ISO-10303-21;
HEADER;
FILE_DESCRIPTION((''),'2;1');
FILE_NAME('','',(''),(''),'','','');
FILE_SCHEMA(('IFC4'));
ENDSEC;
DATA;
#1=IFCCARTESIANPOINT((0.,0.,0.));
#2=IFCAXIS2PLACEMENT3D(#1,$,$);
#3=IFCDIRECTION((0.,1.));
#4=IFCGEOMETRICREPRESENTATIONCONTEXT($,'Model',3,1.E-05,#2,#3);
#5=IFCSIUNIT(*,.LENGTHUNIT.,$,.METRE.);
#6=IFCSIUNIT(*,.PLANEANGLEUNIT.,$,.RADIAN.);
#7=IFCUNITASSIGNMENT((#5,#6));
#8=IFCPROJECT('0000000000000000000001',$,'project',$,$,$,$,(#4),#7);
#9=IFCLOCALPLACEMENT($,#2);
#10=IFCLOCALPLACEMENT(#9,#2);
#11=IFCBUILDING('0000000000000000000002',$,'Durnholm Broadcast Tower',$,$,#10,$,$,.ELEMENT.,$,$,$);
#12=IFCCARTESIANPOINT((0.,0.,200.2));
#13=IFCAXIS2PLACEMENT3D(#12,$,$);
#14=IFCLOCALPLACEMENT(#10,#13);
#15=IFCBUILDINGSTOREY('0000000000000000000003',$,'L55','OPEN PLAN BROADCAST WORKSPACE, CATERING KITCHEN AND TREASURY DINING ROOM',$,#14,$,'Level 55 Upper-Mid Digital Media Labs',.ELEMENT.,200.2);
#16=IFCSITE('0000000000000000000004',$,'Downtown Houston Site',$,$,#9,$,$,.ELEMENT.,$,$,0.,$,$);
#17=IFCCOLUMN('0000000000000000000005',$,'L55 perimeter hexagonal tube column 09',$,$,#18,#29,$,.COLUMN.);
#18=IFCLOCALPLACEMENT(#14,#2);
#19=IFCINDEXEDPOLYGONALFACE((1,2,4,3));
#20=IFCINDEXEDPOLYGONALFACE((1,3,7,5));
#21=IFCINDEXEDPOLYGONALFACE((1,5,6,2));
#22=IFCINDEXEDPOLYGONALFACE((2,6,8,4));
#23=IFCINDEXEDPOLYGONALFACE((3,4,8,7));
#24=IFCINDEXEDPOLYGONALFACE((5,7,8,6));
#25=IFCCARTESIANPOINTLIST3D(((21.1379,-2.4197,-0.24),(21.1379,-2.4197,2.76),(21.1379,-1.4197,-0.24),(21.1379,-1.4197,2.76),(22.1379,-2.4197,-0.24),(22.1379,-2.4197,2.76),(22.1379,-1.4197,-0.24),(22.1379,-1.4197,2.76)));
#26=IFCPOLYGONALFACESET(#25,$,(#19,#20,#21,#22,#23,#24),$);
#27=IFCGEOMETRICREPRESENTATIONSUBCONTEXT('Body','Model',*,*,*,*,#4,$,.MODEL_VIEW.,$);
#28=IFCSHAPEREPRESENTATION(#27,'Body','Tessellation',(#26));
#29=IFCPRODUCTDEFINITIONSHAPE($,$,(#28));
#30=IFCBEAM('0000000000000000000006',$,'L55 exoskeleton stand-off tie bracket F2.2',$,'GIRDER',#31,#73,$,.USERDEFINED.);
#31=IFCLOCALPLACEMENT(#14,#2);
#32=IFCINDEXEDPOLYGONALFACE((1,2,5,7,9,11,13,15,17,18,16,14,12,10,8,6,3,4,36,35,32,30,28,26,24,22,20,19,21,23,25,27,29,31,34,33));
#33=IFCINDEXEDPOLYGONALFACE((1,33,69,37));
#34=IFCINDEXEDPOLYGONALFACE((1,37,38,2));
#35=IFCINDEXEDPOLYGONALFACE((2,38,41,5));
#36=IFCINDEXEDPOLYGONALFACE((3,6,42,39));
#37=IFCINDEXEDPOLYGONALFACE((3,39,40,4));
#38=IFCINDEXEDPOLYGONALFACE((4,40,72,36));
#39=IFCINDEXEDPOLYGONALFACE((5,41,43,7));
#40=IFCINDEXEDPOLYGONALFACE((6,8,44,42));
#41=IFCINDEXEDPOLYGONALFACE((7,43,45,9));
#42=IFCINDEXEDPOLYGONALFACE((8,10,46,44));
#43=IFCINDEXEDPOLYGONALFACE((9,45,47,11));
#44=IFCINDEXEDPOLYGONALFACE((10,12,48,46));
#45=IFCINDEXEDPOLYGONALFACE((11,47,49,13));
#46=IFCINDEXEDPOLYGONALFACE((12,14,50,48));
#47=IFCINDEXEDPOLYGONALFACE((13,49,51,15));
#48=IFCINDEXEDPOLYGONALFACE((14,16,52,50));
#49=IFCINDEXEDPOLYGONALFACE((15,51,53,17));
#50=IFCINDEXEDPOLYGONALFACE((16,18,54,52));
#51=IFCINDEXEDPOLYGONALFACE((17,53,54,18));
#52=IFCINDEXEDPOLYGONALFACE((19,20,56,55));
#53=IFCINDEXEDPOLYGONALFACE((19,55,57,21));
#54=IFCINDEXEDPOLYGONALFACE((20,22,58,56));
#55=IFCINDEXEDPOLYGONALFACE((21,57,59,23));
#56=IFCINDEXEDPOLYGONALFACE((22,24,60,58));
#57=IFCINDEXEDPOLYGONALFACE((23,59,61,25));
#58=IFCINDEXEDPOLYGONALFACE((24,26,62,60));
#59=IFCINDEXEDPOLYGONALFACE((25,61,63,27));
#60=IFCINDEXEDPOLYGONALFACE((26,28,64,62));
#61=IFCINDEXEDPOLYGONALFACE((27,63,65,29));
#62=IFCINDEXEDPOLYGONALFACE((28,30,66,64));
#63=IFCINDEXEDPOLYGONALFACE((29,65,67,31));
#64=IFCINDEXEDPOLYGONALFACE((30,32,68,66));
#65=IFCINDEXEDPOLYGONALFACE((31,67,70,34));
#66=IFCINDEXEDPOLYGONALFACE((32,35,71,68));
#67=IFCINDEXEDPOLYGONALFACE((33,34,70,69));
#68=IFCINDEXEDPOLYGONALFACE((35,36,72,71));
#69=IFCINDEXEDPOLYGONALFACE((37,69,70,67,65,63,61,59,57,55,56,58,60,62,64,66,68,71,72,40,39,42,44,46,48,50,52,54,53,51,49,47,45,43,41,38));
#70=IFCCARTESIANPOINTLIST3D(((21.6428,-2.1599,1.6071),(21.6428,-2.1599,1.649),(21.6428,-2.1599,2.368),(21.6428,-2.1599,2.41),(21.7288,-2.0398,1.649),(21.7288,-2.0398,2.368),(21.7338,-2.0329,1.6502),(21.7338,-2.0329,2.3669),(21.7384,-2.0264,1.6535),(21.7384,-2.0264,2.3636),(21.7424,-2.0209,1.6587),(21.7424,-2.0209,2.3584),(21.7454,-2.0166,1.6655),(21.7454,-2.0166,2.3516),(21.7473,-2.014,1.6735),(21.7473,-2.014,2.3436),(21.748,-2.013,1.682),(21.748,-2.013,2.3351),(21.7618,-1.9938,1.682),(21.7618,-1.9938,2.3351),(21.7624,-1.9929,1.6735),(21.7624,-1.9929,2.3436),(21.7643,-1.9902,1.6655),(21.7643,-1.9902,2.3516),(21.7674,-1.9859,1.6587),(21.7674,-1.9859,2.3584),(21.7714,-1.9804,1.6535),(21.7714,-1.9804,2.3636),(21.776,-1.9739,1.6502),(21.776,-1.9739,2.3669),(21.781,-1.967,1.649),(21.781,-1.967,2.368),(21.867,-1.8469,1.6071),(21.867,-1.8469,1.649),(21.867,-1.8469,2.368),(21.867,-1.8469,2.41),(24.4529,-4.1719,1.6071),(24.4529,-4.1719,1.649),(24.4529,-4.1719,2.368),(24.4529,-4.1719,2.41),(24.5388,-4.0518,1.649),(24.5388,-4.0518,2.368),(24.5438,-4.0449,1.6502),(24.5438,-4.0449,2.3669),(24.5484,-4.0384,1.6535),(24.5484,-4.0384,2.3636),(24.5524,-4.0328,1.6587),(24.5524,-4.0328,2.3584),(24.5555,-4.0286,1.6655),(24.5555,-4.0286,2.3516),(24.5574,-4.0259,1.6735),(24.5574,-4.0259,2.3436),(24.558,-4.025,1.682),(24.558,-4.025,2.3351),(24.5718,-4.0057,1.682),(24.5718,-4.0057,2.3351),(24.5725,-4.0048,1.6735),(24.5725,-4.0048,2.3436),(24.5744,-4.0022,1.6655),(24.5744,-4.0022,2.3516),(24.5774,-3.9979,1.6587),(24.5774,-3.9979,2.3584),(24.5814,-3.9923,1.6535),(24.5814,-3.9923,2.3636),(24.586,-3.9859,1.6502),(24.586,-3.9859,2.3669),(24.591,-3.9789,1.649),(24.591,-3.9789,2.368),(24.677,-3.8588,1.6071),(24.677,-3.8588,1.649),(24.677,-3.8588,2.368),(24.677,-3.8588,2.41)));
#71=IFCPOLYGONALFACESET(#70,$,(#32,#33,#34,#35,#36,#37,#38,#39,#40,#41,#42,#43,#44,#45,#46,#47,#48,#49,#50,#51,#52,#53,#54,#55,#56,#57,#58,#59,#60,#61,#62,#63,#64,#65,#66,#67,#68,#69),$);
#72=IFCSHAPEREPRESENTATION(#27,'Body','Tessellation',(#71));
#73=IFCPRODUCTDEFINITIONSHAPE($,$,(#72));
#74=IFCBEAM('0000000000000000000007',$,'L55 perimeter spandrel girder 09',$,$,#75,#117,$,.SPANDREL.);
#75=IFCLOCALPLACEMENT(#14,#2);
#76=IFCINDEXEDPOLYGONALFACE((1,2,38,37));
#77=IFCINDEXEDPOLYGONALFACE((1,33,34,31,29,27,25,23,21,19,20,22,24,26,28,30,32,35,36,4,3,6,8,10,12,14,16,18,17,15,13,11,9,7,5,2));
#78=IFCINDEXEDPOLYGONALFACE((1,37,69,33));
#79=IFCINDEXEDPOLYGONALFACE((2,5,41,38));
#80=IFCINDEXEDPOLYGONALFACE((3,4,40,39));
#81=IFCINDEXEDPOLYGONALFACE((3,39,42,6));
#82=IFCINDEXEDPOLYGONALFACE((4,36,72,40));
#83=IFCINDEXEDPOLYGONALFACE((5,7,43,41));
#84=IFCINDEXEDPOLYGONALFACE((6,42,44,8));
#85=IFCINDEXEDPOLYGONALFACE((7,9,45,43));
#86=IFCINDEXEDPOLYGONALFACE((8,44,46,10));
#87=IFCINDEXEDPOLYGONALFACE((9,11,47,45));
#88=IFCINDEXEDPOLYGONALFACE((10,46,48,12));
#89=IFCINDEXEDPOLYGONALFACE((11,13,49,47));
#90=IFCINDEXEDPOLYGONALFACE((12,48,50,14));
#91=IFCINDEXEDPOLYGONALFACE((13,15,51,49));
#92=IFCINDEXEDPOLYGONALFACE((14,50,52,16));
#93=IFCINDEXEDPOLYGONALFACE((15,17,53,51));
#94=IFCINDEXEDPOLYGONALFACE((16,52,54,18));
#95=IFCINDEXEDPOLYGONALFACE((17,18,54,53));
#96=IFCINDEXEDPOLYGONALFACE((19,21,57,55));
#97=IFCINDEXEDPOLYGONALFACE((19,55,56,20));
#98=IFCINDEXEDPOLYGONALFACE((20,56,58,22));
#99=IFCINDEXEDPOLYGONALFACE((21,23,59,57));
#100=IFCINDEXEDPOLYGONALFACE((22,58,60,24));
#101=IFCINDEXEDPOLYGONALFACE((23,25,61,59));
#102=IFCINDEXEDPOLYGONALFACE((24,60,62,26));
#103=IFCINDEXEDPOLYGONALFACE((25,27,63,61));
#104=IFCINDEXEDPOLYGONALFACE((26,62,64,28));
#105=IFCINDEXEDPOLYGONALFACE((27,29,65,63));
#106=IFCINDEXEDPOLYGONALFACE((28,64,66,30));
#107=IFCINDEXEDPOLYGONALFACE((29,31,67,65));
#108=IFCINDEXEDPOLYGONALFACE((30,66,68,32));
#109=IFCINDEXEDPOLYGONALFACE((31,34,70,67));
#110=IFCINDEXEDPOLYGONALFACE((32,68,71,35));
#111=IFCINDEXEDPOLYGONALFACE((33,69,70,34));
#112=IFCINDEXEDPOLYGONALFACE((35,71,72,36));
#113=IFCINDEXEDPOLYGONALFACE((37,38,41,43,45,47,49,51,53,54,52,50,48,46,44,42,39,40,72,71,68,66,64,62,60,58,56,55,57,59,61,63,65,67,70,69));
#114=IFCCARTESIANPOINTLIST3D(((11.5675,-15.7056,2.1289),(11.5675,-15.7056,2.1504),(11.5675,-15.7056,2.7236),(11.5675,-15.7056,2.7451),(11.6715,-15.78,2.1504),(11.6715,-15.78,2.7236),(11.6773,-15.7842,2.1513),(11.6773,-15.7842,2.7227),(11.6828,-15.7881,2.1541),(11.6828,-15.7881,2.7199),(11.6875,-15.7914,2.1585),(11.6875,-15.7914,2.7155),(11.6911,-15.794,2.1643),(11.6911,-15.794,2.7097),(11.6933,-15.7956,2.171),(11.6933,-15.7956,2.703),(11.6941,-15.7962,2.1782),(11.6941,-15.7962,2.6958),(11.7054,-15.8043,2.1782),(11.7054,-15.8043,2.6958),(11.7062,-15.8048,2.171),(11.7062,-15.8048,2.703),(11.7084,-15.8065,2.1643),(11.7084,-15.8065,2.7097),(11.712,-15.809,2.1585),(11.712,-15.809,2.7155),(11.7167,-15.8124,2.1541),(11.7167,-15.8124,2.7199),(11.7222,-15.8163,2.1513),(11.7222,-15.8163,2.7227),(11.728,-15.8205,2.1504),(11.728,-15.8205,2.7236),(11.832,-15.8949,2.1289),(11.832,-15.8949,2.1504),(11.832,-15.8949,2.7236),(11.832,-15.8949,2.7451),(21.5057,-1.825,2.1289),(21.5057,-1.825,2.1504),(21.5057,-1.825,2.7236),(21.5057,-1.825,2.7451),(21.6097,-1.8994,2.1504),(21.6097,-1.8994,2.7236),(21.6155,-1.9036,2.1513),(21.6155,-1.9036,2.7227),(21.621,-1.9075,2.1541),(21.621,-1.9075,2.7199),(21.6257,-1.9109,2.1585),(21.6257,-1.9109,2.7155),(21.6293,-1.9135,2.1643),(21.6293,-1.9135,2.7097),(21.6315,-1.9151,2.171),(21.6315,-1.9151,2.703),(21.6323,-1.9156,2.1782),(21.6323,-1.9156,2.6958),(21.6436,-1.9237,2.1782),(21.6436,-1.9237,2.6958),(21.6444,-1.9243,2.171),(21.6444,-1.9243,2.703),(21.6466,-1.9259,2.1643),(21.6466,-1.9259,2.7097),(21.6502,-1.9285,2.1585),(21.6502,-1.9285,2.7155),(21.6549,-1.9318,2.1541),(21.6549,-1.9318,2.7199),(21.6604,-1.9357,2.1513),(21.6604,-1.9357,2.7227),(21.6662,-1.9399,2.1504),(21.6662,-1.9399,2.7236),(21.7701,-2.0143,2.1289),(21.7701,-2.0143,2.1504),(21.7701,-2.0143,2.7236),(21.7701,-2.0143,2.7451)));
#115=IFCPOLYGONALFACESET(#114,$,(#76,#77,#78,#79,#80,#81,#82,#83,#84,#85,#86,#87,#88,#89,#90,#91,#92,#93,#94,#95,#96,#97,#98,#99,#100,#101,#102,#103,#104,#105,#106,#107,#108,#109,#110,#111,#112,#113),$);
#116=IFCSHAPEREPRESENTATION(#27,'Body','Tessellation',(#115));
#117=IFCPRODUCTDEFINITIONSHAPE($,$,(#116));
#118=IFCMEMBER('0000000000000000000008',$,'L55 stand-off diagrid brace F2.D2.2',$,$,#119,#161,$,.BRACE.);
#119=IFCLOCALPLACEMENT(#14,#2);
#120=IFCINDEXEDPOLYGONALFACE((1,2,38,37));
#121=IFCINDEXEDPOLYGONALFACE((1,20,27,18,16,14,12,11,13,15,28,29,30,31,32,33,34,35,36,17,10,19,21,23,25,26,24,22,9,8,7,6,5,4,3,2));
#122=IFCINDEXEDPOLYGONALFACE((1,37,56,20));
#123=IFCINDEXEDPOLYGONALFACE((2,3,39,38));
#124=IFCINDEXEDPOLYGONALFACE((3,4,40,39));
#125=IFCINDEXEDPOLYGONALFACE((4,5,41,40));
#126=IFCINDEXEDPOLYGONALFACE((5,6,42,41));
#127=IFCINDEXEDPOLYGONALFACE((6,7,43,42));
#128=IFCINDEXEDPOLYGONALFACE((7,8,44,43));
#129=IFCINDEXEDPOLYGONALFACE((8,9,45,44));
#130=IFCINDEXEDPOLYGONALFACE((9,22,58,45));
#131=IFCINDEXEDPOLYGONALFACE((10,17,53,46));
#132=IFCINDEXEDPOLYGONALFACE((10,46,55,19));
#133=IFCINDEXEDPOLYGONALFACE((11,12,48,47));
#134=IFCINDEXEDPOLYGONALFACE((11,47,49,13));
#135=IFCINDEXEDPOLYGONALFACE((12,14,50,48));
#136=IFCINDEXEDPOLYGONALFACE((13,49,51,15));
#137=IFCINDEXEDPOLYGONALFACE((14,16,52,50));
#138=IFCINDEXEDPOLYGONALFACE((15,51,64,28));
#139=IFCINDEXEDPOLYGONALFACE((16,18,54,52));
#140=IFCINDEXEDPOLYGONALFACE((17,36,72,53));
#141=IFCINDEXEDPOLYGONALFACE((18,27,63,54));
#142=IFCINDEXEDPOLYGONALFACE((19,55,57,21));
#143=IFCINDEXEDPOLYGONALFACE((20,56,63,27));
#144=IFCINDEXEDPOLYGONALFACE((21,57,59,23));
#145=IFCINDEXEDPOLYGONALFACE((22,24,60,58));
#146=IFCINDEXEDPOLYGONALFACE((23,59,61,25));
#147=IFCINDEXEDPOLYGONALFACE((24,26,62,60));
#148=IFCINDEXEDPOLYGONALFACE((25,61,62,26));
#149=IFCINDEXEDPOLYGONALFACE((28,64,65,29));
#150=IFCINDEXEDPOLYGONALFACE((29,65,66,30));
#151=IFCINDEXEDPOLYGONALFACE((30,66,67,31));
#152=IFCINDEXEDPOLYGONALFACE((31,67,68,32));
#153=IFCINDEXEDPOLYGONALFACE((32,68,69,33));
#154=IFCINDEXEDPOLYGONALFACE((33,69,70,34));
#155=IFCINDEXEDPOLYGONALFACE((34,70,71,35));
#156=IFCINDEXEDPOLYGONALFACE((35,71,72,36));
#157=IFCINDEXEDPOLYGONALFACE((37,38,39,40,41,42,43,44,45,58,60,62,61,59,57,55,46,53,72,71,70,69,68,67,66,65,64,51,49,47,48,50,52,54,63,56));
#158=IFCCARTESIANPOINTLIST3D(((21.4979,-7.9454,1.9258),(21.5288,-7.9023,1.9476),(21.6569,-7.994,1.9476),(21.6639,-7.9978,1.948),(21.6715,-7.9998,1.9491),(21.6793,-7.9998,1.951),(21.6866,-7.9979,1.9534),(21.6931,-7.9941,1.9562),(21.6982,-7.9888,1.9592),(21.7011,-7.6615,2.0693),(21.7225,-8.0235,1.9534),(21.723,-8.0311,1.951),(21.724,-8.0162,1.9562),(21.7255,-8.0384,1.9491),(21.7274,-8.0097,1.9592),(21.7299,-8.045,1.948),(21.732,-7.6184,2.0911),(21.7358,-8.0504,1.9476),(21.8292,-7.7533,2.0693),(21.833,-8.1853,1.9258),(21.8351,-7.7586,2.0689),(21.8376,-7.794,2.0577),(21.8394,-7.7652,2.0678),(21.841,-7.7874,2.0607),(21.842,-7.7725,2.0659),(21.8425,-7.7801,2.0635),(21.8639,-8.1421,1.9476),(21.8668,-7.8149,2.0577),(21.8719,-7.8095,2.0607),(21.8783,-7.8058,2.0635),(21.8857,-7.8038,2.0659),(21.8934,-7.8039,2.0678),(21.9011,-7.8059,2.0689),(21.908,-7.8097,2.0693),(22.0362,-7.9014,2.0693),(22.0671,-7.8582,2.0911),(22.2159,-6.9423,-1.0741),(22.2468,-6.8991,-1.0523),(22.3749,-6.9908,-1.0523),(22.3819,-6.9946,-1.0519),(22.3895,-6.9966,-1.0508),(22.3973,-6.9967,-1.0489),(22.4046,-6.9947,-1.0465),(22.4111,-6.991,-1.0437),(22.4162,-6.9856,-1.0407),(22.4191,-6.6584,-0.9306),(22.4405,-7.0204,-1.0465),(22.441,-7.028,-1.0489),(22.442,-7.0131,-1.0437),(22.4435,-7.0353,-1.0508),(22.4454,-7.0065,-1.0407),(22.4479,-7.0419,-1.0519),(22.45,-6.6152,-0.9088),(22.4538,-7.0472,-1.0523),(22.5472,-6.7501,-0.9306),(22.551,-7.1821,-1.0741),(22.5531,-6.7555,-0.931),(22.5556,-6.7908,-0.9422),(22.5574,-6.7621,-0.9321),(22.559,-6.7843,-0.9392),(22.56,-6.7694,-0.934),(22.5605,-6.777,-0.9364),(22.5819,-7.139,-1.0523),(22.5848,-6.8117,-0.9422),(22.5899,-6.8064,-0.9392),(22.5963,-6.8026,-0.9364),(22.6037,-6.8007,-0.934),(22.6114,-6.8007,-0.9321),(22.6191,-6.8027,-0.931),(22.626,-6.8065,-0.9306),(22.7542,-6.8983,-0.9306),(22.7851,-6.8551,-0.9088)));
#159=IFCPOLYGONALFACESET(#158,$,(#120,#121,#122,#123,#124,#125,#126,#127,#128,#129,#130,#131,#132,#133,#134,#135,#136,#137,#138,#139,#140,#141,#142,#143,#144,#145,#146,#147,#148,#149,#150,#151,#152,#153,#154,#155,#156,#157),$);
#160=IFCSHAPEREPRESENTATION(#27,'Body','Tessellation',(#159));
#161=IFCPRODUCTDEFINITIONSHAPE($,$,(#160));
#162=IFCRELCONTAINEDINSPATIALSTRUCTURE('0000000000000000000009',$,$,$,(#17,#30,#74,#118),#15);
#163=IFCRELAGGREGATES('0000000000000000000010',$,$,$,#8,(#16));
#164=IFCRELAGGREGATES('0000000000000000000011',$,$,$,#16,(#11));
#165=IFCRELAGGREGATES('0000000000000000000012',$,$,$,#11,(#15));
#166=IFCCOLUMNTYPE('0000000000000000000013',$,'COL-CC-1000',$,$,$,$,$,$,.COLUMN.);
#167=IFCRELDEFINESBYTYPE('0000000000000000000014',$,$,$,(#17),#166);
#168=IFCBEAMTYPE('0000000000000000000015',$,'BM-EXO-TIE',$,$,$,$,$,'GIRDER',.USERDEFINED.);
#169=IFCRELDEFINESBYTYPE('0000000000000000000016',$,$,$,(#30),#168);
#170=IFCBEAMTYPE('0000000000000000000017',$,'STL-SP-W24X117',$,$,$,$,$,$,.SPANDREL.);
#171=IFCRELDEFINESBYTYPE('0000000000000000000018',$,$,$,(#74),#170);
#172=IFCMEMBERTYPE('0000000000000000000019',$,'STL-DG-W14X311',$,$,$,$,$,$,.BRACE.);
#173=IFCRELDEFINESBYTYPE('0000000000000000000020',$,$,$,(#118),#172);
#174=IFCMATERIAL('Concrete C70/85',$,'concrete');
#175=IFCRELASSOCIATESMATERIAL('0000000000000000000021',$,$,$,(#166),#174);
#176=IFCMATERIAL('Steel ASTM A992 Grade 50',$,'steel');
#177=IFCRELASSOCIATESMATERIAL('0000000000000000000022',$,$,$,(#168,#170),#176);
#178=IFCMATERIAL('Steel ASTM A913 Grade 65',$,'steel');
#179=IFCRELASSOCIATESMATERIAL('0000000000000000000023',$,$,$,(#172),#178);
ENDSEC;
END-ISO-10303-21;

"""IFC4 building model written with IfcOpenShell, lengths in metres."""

from ifc_helpers import new_model, si_unit, direction, frame, origin, origin_2d, place, context, subcontext, project, spatial, rectangle, i_section, extrude, source, transform, mapped, material, material_profile, profile_set, type_object, type_shapes, element, save


model = new_model("IFC4")

# Units and contexts
model_context = context("Model", 3, precision=1e-05, world=origin(), true_north=direction((0.0, 1.0)))
body_context = subcontext(model_context, "Body", "Model", "MODEL_VIEW")
ifc_project = project(units=[si_unit("LENGTHUNIT", "METRE"), si_unit("PLANEANGLEUNIT", "RADIAN")], contexts=[model_context])

# Site, building, storey
site_placement = place(None, origin())
site = spatial("IfcSite", under=ifc_project, at=site_placement, Name="Downtown Houston Site", CompositionType="ELEMENT", RefElevation=0.0)
building_placement = place(site_placement, origin())
building = spatial("IfcBuilding", under=site, at=building_placement, Name="Durnholm Broadcast Tower", CompositionType="ELEMENT")
storey_placement = place(building_placement, frame((0.0, 0.0, 200.2)))
storey = spatial("IfcBuildingStorey", under=building, at=storey_placement, Name="L55", Description="OPEN PLAN BROADCAST WORKSPACE, CATERING KITCHEN AND TREASURY DINING ROOM", LongName="Level 55 Upper-Mid Digital Media Labs", CompositionType="ELEMENT", Elevation=200.2)

# Column
ifc_material_1 = material(Name="Concrete C70/85", Category="concrete")
ifc_material_profile_1 = material_profile(ifc_material_1, rectangle(XDim=1.0, YDim=1.0, at=origin_2d()), Name="RC1000X1000")
ifc_profile_set_1 = profile_set([ifc_material_profile_1], Name="Concrete C70/85")
column_type = type_object("IfcColumnType", Name="COL-CC-1000", PredefinedType="COLUMN", material=ifc_profile_set_1)
shared_shape_1 = source(origin(), body_context, "Body", "SweptSolid", [
    extrude(rectangle(XDim=1.0, YDim=1.0, at=origin_2d()), origin(), (0.0, 0.0, 1.0), 3.0),
])
type_shapes(column_type, [shared_shape_1])
column_placement = place(storey_placement, frame((21.6379, -1.9197, -0.24), z_axis=(0.0, 0.0, 1.0), x_axis=(1.0, 0.0, 0.0)))
element("IfcColumn", 1, at=column_placement, inside=storey, type_object=column_type, Name="L55 perimeter hexagonal tube column 09", PredefinedType="COLUMN", context=body_context, shape_type="MappedRepresentation", body=[
    mapped(shared_shape_1, transform((0.0, 0.0, 0.0), x_axis=(1.0, 0.0, 0.0), y_axis=(0.0, 1.0, 0.0), z_axis=(0.0, 0.0, 1.0), scale=1.0)),
])

# Beams
ifc_material_2 = material(Name="Steel ASTM A992 Grade 50", Category="steel")
ifc_material_profile_2 = material_profile(ifc_material_2, i_section(OverallWidth=0.385, OverallDepth=0.803, WebThickness=0.0237, FlangeThickness=0.042, FilletRadius=0.033, at=origin_2d()), Name="W30X261")
ifc_profile_set_2 = profile_set([ifc_material_profile_2], Name="Steel ASTM A992 Grade 50")
beam_type_1 = type_object("IfcBeamType", Name="BM-EXO-TIE", ElementType="GIRDER", PredefinedType="USERDEFINED", material=ifc_profile_set_2)
shared_shape_2 = source(origin(), body_context, "Body", "SweptSolid", [
    extrude(i_section(OverallWidth=0.385, OverallDepth=0.803, WebThickness=0.0237, FlangeThickness=0.042, FilletRadius=0.033, at=origin_2d()), origin(), (0.0, 0.0, 1.0), 3.4561),
])
type_shapes(beam_type_1, [shared_shape_2])
beam_1_placement = place(storey_placement, frame((21.7549, -2.0034, 2.0085), z_axis=(0.813079, -0.582153, 0.0), x_axis=(0.582153, 0.813079, 0.0)))
element("IfcBeam", 2, at=beam_1_placement, inside=storey, type_object=beam_type_1, Name="L55 exoskeleton stand-off tie bracket F2.2", ObjectType="GIRDER", PredefinedType="USERDEFINED", context=body_context, shape_type="MappedRepresentation", body=[
    mapped(shared_shape_2, transform((0.0, 0.0, 0.0), x_axis=(1.0, 0.0, 0.0), y_axis=(0.0, 1.0, 0.0), z_axis=(0.0, 0.0, 1.0), scale=1.0)),
])
ifc_material_profile_3 = material_profile(ifc_material_2, i_section(OverallWidth=0.3252, OverallDepth=0.6162, WebThickness=0.0139, FlangeThickness=0.0215, FilletRadius=0.0278, at=origin_2d()), Name="W24X117")
ifc_profile_set_3 = profile_set([ifc_material_profile_3], Name="Steel ASTM A992 Grade 50")
beam_type_2 = type_object("IfcBeamType", Name="STL-SP-W24X117", PredefinedType="SPANDREL", material=ifc_profile_set_3)
shared_shape_3 = source(origin(), body_context, "Body", "SweptSolid", [
    extrude(i_section(OverallWidth=0.3252, OverallDepth=0.6162, WebThickness=0.0139, FlangeThickness=0.0215, FilletRadius=0.0278, at=origin_2d()), origin(), (0.0, 0.0, 1.0), 17.0715),
])
type_shapes(beam_type_2, [shared_shape_3])
beam_2_placement = place(storey_placement, frame((21.6379, -1.9197, 2.437), z_axis=(-0.58215, -0.813082, 0.0), x_axis=(0.813082, -0.58215, 0.0)))
element("IfcBeam", 3, at=beam_2_placement, inside=storey, type_object=beam_type_2, Name="L55 perimeter spandrel girder 09", PredefinedType="SPANDREL", context=body_context, shape_type="MappedRepresentation", body=[
    mapped(shared_shape_3, transform((0.0, 0.0, 0.0), x_axis=(1.0, 0.0, 0.0), y_axis=(0.0, 1.0, 0.0), z_axis=(0.0, 0.0, 1.0), scale=1.0)),
])

# Member
ifc_material_3 = material(Name="Steel ASTM A913 Grade 65", Category="steel")
ifc_material_profile_4 = material_profile(ifc_material_3, i_section(OverallWidth=0.4121, OverallDepth=0.4348, WebThickness=0.0359, FlangeThickness=0.0574, FilletRadius=0.0305, at=origin_2d()), Name="W14X311")
ifc_profile_set_4 = profile_set([ifc_material_profile_4], Name="Steel ASTM A913 Grade 65")
member_type_1 = type_object("IfcMemberType", Name="STL-DG-W14X311", PredefinedType="BRACE", material=ifc_profile_set_4)
shared_shape_4 = source(origin(), body_context, "Body", "SweptSolid", [
    extrude(i_section(OverallWidth=0.4121, OverallDepth=0.4348, WebThickness=0.0359, FlangeThickness=0.0574, FilletRadius=0.0305, at=origin_2d()), origin(), (0.0, 0.0, 1.0), 3.2437),
])
member_1_placement = place(storey_placement, frame((22.5005, -6.8987, -0.9915), z_axis=(-0.221354, -0.309264, 0.924856), x_axis=(0.813171, -0.582024, 0.0)))
element("IfcMember", 4, at=member_1_placement, inside=storey, type_object=member_type_1, Name="L55 stand-off diagrid brace F2.D2.2", PredefinedType="BRACE", context=body_context, shape_type="MappedRepresentation", body=[
    mapped(shared_shape_4, transform((0.0, 0.0, 0.0), x_axis=(1.0, 0.0, 0.0), y_axis=(0.0, 1.0, 0.0), z_axis=(0.0, 0.0, 1.0), scale=1.0)),
])

save(model, "model.ifc")
